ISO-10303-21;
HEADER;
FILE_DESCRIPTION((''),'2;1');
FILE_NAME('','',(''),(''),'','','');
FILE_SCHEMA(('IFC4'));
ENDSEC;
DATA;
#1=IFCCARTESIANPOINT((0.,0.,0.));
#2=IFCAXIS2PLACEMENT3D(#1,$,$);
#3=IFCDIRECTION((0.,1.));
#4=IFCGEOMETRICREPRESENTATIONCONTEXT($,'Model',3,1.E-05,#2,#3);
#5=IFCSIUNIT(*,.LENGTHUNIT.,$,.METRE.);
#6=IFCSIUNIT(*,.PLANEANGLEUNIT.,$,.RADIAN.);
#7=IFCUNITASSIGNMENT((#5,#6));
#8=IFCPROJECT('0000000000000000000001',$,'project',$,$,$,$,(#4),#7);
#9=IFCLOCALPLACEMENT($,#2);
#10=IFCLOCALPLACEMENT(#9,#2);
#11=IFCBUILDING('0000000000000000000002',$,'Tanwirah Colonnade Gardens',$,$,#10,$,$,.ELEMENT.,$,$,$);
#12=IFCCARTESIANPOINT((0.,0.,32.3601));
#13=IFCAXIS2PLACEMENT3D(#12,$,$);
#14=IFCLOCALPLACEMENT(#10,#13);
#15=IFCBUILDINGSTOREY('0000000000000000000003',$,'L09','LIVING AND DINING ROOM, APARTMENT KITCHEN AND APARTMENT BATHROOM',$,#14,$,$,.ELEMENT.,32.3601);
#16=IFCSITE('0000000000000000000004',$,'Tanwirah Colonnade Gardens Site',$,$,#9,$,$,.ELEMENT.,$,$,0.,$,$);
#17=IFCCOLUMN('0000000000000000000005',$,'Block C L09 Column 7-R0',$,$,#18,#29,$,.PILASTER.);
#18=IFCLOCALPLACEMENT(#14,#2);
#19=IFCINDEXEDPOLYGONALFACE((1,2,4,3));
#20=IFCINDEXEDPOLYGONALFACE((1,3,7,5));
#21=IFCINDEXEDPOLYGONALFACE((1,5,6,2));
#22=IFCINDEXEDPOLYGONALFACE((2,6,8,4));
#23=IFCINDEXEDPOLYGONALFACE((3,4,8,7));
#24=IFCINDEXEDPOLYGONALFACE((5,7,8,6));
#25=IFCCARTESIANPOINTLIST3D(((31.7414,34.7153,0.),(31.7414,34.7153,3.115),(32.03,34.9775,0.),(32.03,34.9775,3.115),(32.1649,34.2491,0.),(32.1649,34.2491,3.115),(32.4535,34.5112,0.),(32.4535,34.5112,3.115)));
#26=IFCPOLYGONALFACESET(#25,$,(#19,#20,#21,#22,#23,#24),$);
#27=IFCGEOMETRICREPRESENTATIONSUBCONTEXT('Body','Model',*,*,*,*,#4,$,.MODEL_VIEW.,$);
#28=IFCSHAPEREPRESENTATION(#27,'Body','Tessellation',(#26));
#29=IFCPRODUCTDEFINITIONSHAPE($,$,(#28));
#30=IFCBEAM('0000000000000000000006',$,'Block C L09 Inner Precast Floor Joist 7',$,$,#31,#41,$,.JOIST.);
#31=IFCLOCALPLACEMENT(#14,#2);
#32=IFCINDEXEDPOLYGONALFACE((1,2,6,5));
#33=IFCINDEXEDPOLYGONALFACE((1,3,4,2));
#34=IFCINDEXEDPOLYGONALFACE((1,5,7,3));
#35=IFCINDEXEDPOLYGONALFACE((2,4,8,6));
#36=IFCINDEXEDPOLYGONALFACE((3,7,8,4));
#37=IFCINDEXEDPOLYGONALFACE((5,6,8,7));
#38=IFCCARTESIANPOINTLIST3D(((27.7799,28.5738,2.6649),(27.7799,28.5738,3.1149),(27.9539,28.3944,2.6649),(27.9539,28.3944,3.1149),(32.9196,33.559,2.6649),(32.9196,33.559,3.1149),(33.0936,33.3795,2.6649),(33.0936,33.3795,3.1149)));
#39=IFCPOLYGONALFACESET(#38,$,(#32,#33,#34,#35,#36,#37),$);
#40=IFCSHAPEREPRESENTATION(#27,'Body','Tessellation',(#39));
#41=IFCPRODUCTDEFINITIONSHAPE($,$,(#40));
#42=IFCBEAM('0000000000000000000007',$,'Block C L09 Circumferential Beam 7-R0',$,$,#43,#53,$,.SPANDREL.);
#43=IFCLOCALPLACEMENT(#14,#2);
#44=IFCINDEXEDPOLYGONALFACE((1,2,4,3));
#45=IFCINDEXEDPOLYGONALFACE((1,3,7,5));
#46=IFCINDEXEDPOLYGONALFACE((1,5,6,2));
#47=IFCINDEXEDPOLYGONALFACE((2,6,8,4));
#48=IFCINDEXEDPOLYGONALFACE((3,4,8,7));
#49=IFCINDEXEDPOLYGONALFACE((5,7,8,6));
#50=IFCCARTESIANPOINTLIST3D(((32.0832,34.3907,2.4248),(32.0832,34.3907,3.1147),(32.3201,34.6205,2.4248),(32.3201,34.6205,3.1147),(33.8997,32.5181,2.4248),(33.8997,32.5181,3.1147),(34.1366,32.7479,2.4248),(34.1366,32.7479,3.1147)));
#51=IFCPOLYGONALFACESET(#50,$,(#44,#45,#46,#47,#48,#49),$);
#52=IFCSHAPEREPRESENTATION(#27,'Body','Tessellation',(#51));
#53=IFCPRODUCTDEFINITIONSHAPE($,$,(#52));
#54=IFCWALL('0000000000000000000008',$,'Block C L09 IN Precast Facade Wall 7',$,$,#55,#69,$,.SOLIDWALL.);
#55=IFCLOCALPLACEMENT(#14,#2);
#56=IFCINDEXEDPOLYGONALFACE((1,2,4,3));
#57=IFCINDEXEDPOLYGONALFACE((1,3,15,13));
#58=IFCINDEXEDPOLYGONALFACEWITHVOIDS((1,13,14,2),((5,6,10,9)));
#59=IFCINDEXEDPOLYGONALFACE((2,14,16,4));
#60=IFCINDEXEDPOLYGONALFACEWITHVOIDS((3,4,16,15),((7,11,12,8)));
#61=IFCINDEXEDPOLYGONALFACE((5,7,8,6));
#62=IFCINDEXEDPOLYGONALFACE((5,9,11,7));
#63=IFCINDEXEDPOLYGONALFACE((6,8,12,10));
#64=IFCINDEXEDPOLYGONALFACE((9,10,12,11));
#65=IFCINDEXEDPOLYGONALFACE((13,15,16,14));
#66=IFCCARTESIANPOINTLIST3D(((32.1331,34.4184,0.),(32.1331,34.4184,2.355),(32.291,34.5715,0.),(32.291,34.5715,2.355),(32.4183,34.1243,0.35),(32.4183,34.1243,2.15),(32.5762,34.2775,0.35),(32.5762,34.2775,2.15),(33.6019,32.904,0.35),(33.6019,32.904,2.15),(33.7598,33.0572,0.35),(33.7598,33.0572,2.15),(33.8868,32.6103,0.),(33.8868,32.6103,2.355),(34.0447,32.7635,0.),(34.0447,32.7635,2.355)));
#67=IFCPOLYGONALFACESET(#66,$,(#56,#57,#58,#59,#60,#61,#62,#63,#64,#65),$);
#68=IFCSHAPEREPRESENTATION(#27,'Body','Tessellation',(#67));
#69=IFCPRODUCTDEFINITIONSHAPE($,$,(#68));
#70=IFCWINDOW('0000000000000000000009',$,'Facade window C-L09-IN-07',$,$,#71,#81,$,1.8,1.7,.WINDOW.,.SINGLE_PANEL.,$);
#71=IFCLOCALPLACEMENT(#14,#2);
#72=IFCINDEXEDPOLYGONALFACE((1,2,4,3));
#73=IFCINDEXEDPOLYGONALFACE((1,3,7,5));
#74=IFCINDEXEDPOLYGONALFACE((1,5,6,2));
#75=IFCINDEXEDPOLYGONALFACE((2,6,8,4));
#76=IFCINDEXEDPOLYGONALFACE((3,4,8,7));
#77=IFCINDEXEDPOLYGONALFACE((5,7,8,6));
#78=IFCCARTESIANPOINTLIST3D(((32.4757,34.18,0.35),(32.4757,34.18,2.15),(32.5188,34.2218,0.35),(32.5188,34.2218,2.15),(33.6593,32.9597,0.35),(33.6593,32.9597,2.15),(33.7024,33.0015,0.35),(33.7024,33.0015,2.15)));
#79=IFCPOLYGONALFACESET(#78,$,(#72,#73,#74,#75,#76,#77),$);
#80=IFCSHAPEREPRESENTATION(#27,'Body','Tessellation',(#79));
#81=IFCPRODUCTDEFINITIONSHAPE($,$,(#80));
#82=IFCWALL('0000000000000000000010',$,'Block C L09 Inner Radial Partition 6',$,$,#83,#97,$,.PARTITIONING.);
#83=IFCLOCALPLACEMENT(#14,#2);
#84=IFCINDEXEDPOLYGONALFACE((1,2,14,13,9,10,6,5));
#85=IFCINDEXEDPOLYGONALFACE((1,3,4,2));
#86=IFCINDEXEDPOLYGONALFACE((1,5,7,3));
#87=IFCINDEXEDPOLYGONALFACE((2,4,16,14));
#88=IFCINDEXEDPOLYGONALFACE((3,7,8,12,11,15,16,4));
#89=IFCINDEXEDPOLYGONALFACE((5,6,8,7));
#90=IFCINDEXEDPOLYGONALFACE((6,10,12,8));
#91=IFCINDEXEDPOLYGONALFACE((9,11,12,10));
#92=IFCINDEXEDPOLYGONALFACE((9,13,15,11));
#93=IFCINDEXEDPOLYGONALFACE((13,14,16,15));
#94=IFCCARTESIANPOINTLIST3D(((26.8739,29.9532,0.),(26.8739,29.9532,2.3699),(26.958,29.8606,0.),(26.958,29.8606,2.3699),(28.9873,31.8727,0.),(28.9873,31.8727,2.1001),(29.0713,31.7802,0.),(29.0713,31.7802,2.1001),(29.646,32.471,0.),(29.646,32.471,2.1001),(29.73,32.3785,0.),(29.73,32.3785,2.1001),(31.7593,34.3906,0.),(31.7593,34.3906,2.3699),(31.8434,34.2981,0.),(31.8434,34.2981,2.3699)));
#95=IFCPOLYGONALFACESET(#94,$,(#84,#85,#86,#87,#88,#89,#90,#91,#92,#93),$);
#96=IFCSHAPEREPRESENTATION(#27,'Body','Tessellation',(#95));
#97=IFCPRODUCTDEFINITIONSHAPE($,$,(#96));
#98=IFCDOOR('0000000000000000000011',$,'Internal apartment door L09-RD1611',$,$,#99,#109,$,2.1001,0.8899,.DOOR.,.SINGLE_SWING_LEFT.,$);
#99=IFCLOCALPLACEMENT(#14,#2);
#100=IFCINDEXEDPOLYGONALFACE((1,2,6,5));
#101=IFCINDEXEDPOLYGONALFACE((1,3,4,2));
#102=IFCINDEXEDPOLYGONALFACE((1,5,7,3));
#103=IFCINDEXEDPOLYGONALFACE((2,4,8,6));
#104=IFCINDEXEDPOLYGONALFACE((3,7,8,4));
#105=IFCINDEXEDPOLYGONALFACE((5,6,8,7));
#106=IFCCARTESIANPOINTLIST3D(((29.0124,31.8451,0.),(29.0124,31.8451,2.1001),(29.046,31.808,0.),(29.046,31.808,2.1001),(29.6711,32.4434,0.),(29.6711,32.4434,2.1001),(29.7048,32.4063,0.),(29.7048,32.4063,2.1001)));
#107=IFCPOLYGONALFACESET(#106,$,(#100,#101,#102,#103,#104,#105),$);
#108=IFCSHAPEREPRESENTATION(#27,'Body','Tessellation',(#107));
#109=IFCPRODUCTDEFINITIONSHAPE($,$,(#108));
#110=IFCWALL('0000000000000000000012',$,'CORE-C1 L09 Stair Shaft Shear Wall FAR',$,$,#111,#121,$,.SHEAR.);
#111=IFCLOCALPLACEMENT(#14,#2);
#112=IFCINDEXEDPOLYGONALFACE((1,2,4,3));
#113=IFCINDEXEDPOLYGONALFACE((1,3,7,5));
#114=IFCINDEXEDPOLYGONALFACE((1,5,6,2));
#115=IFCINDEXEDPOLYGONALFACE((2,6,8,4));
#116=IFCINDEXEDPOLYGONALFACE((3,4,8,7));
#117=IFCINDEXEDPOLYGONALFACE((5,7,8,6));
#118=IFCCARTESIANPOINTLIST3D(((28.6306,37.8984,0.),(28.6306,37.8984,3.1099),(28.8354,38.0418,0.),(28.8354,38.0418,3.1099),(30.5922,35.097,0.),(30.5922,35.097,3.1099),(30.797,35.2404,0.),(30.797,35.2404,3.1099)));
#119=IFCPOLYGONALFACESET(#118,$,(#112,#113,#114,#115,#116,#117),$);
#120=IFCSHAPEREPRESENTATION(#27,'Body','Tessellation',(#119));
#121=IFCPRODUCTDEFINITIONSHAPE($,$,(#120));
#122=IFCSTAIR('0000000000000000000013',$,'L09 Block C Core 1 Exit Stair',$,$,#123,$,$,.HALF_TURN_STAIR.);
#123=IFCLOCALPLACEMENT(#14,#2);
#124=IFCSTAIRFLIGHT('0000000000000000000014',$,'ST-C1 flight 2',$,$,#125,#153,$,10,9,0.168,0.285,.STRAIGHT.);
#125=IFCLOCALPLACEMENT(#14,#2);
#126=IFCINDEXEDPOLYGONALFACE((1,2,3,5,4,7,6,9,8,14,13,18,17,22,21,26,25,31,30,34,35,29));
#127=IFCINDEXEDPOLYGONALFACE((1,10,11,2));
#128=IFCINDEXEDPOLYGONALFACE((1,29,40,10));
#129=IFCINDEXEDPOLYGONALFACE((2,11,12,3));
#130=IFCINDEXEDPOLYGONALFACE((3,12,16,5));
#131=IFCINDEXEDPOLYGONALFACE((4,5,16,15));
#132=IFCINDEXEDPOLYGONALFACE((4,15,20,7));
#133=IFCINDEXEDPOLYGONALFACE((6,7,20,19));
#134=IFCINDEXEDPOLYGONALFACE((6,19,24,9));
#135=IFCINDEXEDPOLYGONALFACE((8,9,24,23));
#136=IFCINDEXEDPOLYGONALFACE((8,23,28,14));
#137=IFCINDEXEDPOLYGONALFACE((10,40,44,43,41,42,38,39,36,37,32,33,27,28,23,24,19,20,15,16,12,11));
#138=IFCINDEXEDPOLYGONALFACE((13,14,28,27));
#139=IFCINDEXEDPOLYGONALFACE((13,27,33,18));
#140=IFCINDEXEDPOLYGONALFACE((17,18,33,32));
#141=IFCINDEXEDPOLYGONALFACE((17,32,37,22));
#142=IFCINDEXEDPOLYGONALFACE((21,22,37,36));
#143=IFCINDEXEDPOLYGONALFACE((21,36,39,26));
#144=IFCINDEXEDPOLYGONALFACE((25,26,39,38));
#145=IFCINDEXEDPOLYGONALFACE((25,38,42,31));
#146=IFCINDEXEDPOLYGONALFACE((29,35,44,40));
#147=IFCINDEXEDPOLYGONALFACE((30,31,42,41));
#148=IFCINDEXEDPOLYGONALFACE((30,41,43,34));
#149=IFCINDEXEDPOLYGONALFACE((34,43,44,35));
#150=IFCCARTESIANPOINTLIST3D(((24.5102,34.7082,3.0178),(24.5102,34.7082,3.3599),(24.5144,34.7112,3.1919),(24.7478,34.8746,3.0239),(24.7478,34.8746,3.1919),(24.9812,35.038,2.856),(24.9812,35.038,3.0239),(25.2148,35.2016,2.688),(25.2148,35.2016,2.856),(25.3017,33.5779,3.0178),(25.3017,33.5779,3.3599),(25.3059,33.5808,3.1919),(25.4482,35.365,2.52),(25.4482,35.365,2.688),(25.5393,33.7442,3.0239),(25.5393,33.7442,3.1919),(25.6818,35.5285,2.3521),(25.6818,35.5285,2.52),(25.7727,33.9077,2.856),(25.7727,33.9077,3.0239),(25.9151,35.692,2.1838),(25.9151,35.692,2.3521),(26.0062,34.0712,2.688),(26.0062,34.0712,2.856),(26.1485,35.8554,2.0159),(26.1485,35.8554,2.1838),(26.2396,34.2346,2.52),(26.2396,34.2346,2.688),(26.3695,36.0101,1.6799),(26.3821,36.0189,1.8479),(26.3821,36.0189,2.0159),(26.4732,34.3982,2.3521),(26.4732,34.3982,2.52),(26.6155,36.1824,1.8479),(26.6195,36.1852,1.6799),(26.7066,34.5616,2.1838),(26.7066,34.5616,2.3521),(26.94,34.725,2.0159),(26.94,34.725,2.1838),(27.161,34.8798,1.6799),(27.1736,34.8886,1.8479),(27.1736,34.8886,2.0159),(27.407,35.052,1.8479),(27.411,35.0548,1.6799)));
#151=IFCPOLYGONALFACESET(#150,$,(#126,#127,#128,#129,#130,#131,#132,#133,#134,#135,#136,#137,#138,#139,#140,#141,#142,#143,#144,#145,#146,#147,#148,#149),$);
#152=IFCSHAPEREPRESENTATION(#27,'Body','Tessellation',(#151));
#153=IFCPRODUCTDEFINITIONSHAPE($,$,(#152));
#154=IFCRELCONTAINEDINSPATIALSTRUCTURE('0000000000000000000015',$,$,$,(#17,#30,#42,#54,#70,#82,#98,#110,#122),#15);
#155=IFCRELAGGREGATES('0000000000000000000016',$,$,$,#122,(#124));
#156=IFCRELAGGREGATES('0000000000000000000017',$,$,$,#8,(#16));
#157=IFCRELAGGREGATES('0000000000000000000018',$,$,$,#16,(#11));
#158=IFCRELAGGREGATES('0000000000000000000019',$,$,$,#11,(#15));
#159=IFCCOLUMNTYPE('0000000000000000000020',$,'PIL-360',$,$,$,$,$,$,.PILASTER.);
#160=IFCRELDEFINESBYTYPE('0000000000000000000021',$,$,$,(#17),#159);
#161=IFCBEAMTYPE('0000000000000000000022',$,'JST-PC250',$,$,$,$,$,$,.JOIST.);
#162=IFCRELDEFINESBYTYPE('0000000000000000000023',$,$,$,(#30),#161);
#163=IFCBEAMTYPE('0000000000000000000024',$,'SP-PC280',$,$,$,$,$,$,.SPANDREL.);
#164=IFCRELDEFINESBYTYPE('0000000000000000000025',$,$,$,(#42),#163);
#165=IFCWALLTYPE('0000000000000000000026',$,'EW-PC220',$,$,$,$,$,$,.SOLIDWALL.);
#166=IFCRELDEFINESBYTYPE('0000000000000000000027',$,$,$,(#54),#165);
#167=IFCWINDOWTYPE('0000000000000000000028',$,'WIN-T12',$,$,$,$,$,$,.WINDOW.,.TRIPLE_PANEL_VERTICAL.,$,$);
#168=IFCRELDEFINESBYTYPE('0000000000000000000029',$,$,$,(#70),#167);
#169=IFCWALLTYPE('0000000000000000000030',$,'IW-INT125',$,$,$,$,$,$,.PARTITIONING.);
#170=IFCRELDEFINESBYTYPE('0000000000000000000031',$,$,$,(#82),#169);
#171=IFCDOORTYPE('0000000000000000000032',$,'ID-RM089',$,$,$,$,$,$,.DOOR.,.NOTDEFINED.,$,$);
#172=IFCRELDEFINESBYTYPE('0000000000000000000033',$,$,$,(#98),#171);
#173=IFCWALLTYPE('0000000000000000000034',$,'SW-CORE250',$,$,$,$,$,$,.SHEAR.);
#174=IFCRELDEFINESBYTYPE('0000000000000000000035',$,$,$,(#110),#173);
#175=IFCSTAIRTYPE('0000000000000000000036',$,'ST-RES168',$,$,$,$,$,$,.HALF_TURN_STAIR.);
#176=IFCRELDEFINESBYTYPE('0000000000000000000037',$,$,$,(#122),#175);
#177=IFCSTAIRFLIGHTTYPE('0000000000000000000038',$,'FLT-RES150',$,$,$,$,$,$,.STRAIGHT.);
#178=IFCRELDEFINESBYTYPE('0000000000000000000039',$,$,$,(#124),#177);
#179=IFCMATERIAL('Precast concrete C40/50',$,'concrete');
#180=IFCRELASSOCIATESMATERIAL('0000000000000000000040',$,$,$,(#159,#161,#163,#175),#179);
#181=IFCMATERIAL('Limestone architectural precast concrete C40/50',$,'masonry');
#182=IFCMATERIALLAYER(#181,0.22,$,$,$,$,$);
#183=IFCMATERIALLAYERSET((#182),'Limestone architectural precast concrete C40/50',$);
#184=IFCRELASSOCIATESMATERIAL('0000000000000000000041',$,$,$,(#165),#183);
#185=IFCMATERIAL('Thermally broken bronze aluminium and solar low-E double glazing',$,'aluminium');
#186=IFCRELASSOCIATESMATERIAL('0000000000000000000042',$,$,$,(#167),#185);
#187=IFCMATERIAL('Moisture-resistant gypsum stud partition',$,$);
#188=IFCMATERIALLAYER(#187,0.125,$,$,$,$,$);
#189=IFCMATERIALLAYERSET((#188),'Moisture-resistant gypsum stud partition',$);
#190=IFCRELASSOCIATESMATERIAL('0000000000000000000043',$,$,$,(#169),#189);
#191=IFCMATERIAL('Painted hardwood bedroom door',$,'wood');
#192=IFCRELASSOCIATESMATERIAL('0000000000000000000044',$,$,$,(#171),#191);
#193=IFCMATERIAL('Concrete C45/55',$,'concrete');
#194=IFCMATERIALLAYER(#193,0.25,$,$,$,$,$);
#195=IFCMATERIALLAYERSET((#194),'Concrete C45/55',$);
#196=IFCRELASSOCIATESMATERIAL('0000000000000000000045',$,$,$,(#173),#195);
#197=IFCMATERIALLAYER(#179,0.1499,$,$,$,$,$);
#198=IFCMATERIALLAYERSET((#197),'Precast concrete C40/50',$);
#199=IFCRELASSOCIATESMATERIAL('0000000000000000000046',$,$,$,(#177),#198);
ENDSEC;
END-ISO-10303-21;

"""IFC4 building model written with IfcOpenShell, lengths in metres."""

from ifc_helpers import new_model, si_unit, direction, frame, frame_2d, origin, origin_2d, place, context, subcontext, project, spatial, polyline, rectangle, outline, extrude, material, layer, layer_set, material_profile, profile_set, type_object, element, fill, aggregate, save


model = new_model("IFC4")

# Units and contexts
model_context = context("Model", 3, precision=1e-05, world=origin(), true_north=direction((0.0, 1.0)))
body_context = subcontext(model_context, "Body", "Model", "MODEL_VIEW")
ifc_project = project(units=[si_unit("LENGTHUNIT", "METRE"), si_unit("PLANEANGLEUNIT", "RADIAN")], contexts=[model_context])

# Site, building, storey
site_placement = place(None, origin())
site = spatial("IfcSite", under=ifc_project, at=site_placement, Name="Tanwirah Colonnade Gardens Site", CompositionType="ELEMENT", RefElevation=0.0)
building_placement = place(site_placement, origin())
building = spatial("IfcBuilding", under=site, at=building_placement, Name="Tanwirah Colonnade Gardens", CompositionType="ELEMENT")
storey_placement = place(building_placement, frame((0.0, 0.0, 32.3601)))
storey = spatial("IfcBuildingStorey", under=building, at=storey_placement, Name="L09", Description="LIVING AND DINING ROOM, APARTMENT KITCHEN AND APARTMENT BATHROOM", CompositionType="ELEMENT", Elevation=32.3601)

# Column
ifc_material_1 = material(Name="Precast concrete C40/50", Category="concrete")
ifc_material_profile_1 = material_profile(ifc_material_1, rectangle(XDim=0.3899, YDim=0.6299, at=origin_2d()), Name="PC-PIL 390x630")
ifc_profile_set_1 = profile_set([ifc_material_profile_1], Name="Precast concrete C40/50")
column_type = type_object("IfcColumnType", Name="PIL-360", PredefinedType="PILASTER", material=ifc_profile_set_1)
column_placement = place(storey_placement, frame((32.0974, 34.6133, 0.0), z_axis=(0.0, 0.0, 1.0), x_axis=(-0.740218, -0.672367, 0.0)))
element("IfcColumn", 1, at=column_placement, inside=storey, type_object=column_type, Name="Block C L09 Column 7-R0", PredefinedType="PILASTER", context=body_context, shape_type="SweptSolid", body=[
    extrude(rectangle(XDim=0.3899, YDim=0.6299, at=origin_2d()), origin(), (0.0, 0.0, 1.0), 3.115),
])

# Beams
ifc_material_profile_2 = material_profile(ifc_material_1, rectangle(XDim=0.25, YDim=0.45, at=origin_2d()), Name="PC-JST 250x450")
ifc_profile_set_2 = profile_set([ifc_material_profile_2], Name="Precast concrete C40/50")
beam_type_1 = type_object("IfcBeamType", Name="JST-PC250", PredefinedType="JOIST", material=ifc_profile_set_2)
beam_1_placement = place(storey_placement, frame((33.0066, 33.4692, 2.8899), z_axis=(-0.717816, -0.696233, 0.0), x_axis=(0.696233, -0.717816, 0.0)))
element("IfcBeam", 2, at=beam_1_placement, inside=storey, type_object=beam_type_1, Name="Block C L09 Inner Precast Floor Joist 7", PredefinedType="JOIST", context=body_context, shape_type="SweptSolid", body=[
    extrude(rectangle(XDim=0.25, YDim=0.45, at=origin_2d()), origin(), (0.0, 0.0, 1.0), 7.1602),
])
ifc_material_profile_3 = material_profile(ifc_material_1, rectangle(XDim=0.3301, YDim=0.6899, at=origin_2d()), Name="PC-SP 330x690")
ifc_profile_set_3 = profile_set([ifc_material_profile_3], Name="Precast concrete C40/50")
beam_type_2 = type_object("IfcBeamType", Name="SP-PC280", PredefinedType="SPANDREL", material=ifc_profile_set_3)
beam_2_placement = place(storey_placement, frame((32.2017, 34.5056, 2.7698), z_axis=(0.696263, -0.717787, 0.0), x_axis=(0.717787, 0.696263, 0.0)))
element("IfcBeam", 3, at=beam_2_placement, inside=storey, type_object=beam_type_2, Name="Block C L09 Circumferential Beam 7-R0", PredefinedType="SPANDREL", context=body_context, shape_type="SweptSolid", body=[
    extrude(rectangle(XDim=0.3301, YDim=0.6899, at=origin_2d()), origin(), (0.0, 0.0, 1.0), 2.6089),
])

# Wall, opening, window
ifc_material_2 = material(Name="Limestone architectural precast concrete C40/50", Category="masonry")
ifc_layer_1 = layer(ifc_material_2, 0.22)
ifc_layer_set_1 = layer_set([ifc_layer_1], Name="Limestone architectural precast concrete C40/50")
wall_type_1 = type_object("IfcWallType", Name="EW-PC220", PredefinedType="SOLIDWALL", material=ifc_layer_set_1)
wall_1_placement = place(storey_placement, frame((32.2122, 34.4949, 0.0), z_axis=(0.0, 0.0, 1.0), x_axis=(0.696217, -0.717831, 0.0)))
wall_1 = element("IfcWall", 4, at=wall_1_placement, inside=storey, type_object=wall_type_1, Name="Block C L09 IN Precast Facade Wall 7", PredefinedType="SOLIDWALL", context=body_context, shape_type="SweptSolid", body=[
    extrude(rectangle(XDim=2.5188, YDim=0.22, at=frame_2d((1.2593, 0.0))), origin(), (0.0, 0.0, 1.0), 2.355),
])
opening_1_placement = place(wall_1_placement, frame((0.4094, 0.0, 0.3501)))
opening_1 = element("IfcOpeningElement", 5, at=opening_1_placement, cuts=wall_1, PredefinedType="OPENING", context=body_context, shape_type="SweptSolid", body=[
    extrude(rectangle(XDim=1.7, YDim=1.8, at=frame_2d((0.8501, 0.8999))), frame((0.0, 0.1199, 0.0), z_axis=(0.0, -1.0, 0.0), x_axis=(1.0, 0.0, 0.0)), (0.0, 0.0, 1.0), 0.24),
])
ifc_material_3 = material(Name="Thermally broken bronze aluminium and solar low-E double glazing", Category="aluminium")
window_type = type_object("IfcWindowType", Name="WIN-T12", PartitioningType="TRIPLE_PANEL_VERTICAL", PredefinedType="WINDOW", material=ifc_material_3)
window_placement = place(opening_1_placement, origin())
window = element("IfcWindow", 6, at=window_placement, inside=storey, type_object=window_type, Name="Facade window C-L09-IN-07", OverallHeight=1.8, OverallWidth=1.7, PartitioningType="SINGLE_PANEL", PredefinedType="WINDOW", context=body_context, shape_type="SweptSolid", body=[
    extrude(rectangle(XDim=1.7, YDim=1.8, at=frame_2d((0.8501, 0.8999))), frame((0.0, 0.03, 0.0), z_axis=(0.0, -1.0, 0.0), x_axis=(1.0, 0.0, 0.0)), (0.0, 0.0, 1.0), 0.0601),
])
fill(opening_1, window)

# Wall, opening, door
ifc_material_4 = material(Name="Moisture-resistant gypsum stud partition")
ifc_layer_2 = layer(ifc_material_4, 0.125)
ifc_layer_set_2 = layer_set([ifc_layer_2], Name="Moisture-resistant gypsum stud partition")
wall_type_2 = type_object("IfcWallType", Name="IW-INT125", PredefinedType="PARTITIONING", material=ifc_layer_set_2)
wall_2_placement = place(storey_placement, frame((31.8013, 34.3442, 0.0), z_axis=(0.0, 0.0, 1.0), x_axis=(-0.740231, -0.672352, 0.0)))
wall_2 = element("IfcWall", 7, at=wall_2_placement, inside=storey, type_object=wall_type_2, Name="Block C L09 Inner Radial Partition 6", PredefinedType="PARTITIONING", context=body_context, shape_type="SweptSolid", body=[
    extrude(rectangle(XDim=6.5999, YDim=0.125, at=frame_2d((3.2998, 0.0))), origin(), (0.0, 0.0, 1.0), 2.3699),
])
opening_2_placement = place(wall_2_placement, frame((2.855, 0.0, 0.0)))
opening_2 = element("IfcOpeningElement", 8, at=opening_2_placement, cuts=wall_2, PredefinedType="OPENING", context=body_context, shape_type="SweptSolid", body=[
    extrude(rectangle(XDim=0.8899, YDim=2.1001, at=frame_2d((0.4448, 1.05))), frame((0.0, 0.0725, 0.0), z_axis=(0.0, -1.0, 0.0), x_axis=(1.0, 0.0, 0.0)), (0.0, 0.0, 1.0), 0.145),
])
ifc_material_5 = material(Name="Painted hardwood bedroom door", Category="wood")
door_type_1 = type_object("IfcDoorType", Name="ID-RM089", OperationType="NOTDEFINED", PredefinedType="DOOR", material=ifc_material_5)
door_1_placement = place(opening_2_placement, origin())
door_1 = element("IfcDoor", 9, at=door_1_placement, inside=storey, type_object=door_type_1, Name="Internal apartment door L09-RD1611", OperationType="SINGLE_SWING_LEFT", OverallHeight=2.1001, OverallWidth=0.8899, PredefinedType="DOOR", context=body_context, shape_type="SweptSolid", body=[
    extrude(rectangle(XDim=0.8899, YDim=2.1001, at=frame_2d((0.4448, 1.05))), frame((0.0, 0.0249, 0.0), z_axis=(0.0, -1.0, 0.0), x_axis=(1.0, 0.0, 0.0)), (0.0, 0.0, 1.0), 0.05),
])
fill(opening_2, door_1)

# Wall
ifc_material_6 = material(Name="Concrete C45/55", Category="concrete")
ifc_layer_3 = layer(ifc_material_6, 0.25)
ifc_layer_set_3 = layer_set([ifc_layer_3], Name="Concrete C45/55")
wall_type_3 = type_object("IfcWallType", Name="SW-CORE250", PredefinedType="SHEAR", material=ifc_layer_set_3)
wall_3_placement = place(storey_placement, frame((30.6946, 35.1687, 0.0), z_axis=(0.0, 0.0, 1.0), x_axis=(-0.573582, 0.819148, 0.0)))
element("IfcWall", 10, at=wall_3_placement, inside=storey, type_object=wall_type_3, Name="CORE-C1 L09 Stair Shaft Shear Wall FAR", PredefinedType="SHEAR", context=body_context, shape_type="SweptSolid", body=[
    extrude(rectangle(XDim=3.4199, YDim=0.25, at=frame_2d((1.71, 0.0))), origin(), (0.0, 0.0, 1.0), 3.1099),
])

# Stair, stair flight
stair_type = type_object("IfcStairType", Name="ST-RES168", PredefinedType="HALF_TURN_STAIR", material=ifc_material_1)
stair_placement = place(storey_placement, origin())
stair = element("IfcStair", 11, at=stair_placement, inside=storey, type_object=stair_type, Name="L09 Block C Core 1 Exit Stair", PredefinedType="HALF_TURN_STAIR")
ifc_layer_4 = layer(ifc_material_1, 0.1499)
ifc_layer_set_4 = layer_set([ifc_layer_4], Name="Precast concrete C40/50")
stair_flight_type = type_object("IfcStairFlightType", Name="FLT-RES150", PredefinedType="STRAIGHT", material=ifc_layer_set_4)
stair_flight_placement = place(storey_placement, frame((27.0112, 35.6172, 1.6799), z_axis=(0.0, 0.0, 1.0), x_axis=(-0.819152, -0.573576, 0.0)))
stair_flight = element("IfcStairFlight", 12, at=stair_flight_placement, type_object=stair_flight_type, Name="ST-C1 flight 2", NumberOfRisers=10, NumberOfTreads=9, PredefinedType="STRAIGHT", RiserHeight=0.168, TreadLength=0.285, context=body_context, shape_type="SweptSolid", body=[
    extrude(outline(polyline([(-0.0049, 0.0), (0.0, 0.168), (0.2849, 0.168), (0.2849, 0.3359), (0.5701, 0.3359), (0.5701, 0.5039), (0.855, 0.5039), (0.855, 0.6721), (1.1399, 0.6721), (1.1399, 0.8401), (1.425, 0.8401), (1.425, 1.0081), (1.71, 1.0081), (1.71, 1.176), (1.9951, 1.176), (1.9951, 1.344), (2.28, 1.344), (2.28, 1.512), (2.5649, 1.512), (2.5701, 1.6799), (2.5701, 1.3379), (0.3003, 0.0), (-0.0049, 0.0)])), frame((0.0, 0.6899, 0.0), z_axis=(0.0, -1.0, 0.0), x_axis=(1.0, 0.0, 0.0)), (0.0, 0.0, 1.0), 1.3799),
])
aggregate(stair, [stair_flight])

save(model, "model.ifc")
